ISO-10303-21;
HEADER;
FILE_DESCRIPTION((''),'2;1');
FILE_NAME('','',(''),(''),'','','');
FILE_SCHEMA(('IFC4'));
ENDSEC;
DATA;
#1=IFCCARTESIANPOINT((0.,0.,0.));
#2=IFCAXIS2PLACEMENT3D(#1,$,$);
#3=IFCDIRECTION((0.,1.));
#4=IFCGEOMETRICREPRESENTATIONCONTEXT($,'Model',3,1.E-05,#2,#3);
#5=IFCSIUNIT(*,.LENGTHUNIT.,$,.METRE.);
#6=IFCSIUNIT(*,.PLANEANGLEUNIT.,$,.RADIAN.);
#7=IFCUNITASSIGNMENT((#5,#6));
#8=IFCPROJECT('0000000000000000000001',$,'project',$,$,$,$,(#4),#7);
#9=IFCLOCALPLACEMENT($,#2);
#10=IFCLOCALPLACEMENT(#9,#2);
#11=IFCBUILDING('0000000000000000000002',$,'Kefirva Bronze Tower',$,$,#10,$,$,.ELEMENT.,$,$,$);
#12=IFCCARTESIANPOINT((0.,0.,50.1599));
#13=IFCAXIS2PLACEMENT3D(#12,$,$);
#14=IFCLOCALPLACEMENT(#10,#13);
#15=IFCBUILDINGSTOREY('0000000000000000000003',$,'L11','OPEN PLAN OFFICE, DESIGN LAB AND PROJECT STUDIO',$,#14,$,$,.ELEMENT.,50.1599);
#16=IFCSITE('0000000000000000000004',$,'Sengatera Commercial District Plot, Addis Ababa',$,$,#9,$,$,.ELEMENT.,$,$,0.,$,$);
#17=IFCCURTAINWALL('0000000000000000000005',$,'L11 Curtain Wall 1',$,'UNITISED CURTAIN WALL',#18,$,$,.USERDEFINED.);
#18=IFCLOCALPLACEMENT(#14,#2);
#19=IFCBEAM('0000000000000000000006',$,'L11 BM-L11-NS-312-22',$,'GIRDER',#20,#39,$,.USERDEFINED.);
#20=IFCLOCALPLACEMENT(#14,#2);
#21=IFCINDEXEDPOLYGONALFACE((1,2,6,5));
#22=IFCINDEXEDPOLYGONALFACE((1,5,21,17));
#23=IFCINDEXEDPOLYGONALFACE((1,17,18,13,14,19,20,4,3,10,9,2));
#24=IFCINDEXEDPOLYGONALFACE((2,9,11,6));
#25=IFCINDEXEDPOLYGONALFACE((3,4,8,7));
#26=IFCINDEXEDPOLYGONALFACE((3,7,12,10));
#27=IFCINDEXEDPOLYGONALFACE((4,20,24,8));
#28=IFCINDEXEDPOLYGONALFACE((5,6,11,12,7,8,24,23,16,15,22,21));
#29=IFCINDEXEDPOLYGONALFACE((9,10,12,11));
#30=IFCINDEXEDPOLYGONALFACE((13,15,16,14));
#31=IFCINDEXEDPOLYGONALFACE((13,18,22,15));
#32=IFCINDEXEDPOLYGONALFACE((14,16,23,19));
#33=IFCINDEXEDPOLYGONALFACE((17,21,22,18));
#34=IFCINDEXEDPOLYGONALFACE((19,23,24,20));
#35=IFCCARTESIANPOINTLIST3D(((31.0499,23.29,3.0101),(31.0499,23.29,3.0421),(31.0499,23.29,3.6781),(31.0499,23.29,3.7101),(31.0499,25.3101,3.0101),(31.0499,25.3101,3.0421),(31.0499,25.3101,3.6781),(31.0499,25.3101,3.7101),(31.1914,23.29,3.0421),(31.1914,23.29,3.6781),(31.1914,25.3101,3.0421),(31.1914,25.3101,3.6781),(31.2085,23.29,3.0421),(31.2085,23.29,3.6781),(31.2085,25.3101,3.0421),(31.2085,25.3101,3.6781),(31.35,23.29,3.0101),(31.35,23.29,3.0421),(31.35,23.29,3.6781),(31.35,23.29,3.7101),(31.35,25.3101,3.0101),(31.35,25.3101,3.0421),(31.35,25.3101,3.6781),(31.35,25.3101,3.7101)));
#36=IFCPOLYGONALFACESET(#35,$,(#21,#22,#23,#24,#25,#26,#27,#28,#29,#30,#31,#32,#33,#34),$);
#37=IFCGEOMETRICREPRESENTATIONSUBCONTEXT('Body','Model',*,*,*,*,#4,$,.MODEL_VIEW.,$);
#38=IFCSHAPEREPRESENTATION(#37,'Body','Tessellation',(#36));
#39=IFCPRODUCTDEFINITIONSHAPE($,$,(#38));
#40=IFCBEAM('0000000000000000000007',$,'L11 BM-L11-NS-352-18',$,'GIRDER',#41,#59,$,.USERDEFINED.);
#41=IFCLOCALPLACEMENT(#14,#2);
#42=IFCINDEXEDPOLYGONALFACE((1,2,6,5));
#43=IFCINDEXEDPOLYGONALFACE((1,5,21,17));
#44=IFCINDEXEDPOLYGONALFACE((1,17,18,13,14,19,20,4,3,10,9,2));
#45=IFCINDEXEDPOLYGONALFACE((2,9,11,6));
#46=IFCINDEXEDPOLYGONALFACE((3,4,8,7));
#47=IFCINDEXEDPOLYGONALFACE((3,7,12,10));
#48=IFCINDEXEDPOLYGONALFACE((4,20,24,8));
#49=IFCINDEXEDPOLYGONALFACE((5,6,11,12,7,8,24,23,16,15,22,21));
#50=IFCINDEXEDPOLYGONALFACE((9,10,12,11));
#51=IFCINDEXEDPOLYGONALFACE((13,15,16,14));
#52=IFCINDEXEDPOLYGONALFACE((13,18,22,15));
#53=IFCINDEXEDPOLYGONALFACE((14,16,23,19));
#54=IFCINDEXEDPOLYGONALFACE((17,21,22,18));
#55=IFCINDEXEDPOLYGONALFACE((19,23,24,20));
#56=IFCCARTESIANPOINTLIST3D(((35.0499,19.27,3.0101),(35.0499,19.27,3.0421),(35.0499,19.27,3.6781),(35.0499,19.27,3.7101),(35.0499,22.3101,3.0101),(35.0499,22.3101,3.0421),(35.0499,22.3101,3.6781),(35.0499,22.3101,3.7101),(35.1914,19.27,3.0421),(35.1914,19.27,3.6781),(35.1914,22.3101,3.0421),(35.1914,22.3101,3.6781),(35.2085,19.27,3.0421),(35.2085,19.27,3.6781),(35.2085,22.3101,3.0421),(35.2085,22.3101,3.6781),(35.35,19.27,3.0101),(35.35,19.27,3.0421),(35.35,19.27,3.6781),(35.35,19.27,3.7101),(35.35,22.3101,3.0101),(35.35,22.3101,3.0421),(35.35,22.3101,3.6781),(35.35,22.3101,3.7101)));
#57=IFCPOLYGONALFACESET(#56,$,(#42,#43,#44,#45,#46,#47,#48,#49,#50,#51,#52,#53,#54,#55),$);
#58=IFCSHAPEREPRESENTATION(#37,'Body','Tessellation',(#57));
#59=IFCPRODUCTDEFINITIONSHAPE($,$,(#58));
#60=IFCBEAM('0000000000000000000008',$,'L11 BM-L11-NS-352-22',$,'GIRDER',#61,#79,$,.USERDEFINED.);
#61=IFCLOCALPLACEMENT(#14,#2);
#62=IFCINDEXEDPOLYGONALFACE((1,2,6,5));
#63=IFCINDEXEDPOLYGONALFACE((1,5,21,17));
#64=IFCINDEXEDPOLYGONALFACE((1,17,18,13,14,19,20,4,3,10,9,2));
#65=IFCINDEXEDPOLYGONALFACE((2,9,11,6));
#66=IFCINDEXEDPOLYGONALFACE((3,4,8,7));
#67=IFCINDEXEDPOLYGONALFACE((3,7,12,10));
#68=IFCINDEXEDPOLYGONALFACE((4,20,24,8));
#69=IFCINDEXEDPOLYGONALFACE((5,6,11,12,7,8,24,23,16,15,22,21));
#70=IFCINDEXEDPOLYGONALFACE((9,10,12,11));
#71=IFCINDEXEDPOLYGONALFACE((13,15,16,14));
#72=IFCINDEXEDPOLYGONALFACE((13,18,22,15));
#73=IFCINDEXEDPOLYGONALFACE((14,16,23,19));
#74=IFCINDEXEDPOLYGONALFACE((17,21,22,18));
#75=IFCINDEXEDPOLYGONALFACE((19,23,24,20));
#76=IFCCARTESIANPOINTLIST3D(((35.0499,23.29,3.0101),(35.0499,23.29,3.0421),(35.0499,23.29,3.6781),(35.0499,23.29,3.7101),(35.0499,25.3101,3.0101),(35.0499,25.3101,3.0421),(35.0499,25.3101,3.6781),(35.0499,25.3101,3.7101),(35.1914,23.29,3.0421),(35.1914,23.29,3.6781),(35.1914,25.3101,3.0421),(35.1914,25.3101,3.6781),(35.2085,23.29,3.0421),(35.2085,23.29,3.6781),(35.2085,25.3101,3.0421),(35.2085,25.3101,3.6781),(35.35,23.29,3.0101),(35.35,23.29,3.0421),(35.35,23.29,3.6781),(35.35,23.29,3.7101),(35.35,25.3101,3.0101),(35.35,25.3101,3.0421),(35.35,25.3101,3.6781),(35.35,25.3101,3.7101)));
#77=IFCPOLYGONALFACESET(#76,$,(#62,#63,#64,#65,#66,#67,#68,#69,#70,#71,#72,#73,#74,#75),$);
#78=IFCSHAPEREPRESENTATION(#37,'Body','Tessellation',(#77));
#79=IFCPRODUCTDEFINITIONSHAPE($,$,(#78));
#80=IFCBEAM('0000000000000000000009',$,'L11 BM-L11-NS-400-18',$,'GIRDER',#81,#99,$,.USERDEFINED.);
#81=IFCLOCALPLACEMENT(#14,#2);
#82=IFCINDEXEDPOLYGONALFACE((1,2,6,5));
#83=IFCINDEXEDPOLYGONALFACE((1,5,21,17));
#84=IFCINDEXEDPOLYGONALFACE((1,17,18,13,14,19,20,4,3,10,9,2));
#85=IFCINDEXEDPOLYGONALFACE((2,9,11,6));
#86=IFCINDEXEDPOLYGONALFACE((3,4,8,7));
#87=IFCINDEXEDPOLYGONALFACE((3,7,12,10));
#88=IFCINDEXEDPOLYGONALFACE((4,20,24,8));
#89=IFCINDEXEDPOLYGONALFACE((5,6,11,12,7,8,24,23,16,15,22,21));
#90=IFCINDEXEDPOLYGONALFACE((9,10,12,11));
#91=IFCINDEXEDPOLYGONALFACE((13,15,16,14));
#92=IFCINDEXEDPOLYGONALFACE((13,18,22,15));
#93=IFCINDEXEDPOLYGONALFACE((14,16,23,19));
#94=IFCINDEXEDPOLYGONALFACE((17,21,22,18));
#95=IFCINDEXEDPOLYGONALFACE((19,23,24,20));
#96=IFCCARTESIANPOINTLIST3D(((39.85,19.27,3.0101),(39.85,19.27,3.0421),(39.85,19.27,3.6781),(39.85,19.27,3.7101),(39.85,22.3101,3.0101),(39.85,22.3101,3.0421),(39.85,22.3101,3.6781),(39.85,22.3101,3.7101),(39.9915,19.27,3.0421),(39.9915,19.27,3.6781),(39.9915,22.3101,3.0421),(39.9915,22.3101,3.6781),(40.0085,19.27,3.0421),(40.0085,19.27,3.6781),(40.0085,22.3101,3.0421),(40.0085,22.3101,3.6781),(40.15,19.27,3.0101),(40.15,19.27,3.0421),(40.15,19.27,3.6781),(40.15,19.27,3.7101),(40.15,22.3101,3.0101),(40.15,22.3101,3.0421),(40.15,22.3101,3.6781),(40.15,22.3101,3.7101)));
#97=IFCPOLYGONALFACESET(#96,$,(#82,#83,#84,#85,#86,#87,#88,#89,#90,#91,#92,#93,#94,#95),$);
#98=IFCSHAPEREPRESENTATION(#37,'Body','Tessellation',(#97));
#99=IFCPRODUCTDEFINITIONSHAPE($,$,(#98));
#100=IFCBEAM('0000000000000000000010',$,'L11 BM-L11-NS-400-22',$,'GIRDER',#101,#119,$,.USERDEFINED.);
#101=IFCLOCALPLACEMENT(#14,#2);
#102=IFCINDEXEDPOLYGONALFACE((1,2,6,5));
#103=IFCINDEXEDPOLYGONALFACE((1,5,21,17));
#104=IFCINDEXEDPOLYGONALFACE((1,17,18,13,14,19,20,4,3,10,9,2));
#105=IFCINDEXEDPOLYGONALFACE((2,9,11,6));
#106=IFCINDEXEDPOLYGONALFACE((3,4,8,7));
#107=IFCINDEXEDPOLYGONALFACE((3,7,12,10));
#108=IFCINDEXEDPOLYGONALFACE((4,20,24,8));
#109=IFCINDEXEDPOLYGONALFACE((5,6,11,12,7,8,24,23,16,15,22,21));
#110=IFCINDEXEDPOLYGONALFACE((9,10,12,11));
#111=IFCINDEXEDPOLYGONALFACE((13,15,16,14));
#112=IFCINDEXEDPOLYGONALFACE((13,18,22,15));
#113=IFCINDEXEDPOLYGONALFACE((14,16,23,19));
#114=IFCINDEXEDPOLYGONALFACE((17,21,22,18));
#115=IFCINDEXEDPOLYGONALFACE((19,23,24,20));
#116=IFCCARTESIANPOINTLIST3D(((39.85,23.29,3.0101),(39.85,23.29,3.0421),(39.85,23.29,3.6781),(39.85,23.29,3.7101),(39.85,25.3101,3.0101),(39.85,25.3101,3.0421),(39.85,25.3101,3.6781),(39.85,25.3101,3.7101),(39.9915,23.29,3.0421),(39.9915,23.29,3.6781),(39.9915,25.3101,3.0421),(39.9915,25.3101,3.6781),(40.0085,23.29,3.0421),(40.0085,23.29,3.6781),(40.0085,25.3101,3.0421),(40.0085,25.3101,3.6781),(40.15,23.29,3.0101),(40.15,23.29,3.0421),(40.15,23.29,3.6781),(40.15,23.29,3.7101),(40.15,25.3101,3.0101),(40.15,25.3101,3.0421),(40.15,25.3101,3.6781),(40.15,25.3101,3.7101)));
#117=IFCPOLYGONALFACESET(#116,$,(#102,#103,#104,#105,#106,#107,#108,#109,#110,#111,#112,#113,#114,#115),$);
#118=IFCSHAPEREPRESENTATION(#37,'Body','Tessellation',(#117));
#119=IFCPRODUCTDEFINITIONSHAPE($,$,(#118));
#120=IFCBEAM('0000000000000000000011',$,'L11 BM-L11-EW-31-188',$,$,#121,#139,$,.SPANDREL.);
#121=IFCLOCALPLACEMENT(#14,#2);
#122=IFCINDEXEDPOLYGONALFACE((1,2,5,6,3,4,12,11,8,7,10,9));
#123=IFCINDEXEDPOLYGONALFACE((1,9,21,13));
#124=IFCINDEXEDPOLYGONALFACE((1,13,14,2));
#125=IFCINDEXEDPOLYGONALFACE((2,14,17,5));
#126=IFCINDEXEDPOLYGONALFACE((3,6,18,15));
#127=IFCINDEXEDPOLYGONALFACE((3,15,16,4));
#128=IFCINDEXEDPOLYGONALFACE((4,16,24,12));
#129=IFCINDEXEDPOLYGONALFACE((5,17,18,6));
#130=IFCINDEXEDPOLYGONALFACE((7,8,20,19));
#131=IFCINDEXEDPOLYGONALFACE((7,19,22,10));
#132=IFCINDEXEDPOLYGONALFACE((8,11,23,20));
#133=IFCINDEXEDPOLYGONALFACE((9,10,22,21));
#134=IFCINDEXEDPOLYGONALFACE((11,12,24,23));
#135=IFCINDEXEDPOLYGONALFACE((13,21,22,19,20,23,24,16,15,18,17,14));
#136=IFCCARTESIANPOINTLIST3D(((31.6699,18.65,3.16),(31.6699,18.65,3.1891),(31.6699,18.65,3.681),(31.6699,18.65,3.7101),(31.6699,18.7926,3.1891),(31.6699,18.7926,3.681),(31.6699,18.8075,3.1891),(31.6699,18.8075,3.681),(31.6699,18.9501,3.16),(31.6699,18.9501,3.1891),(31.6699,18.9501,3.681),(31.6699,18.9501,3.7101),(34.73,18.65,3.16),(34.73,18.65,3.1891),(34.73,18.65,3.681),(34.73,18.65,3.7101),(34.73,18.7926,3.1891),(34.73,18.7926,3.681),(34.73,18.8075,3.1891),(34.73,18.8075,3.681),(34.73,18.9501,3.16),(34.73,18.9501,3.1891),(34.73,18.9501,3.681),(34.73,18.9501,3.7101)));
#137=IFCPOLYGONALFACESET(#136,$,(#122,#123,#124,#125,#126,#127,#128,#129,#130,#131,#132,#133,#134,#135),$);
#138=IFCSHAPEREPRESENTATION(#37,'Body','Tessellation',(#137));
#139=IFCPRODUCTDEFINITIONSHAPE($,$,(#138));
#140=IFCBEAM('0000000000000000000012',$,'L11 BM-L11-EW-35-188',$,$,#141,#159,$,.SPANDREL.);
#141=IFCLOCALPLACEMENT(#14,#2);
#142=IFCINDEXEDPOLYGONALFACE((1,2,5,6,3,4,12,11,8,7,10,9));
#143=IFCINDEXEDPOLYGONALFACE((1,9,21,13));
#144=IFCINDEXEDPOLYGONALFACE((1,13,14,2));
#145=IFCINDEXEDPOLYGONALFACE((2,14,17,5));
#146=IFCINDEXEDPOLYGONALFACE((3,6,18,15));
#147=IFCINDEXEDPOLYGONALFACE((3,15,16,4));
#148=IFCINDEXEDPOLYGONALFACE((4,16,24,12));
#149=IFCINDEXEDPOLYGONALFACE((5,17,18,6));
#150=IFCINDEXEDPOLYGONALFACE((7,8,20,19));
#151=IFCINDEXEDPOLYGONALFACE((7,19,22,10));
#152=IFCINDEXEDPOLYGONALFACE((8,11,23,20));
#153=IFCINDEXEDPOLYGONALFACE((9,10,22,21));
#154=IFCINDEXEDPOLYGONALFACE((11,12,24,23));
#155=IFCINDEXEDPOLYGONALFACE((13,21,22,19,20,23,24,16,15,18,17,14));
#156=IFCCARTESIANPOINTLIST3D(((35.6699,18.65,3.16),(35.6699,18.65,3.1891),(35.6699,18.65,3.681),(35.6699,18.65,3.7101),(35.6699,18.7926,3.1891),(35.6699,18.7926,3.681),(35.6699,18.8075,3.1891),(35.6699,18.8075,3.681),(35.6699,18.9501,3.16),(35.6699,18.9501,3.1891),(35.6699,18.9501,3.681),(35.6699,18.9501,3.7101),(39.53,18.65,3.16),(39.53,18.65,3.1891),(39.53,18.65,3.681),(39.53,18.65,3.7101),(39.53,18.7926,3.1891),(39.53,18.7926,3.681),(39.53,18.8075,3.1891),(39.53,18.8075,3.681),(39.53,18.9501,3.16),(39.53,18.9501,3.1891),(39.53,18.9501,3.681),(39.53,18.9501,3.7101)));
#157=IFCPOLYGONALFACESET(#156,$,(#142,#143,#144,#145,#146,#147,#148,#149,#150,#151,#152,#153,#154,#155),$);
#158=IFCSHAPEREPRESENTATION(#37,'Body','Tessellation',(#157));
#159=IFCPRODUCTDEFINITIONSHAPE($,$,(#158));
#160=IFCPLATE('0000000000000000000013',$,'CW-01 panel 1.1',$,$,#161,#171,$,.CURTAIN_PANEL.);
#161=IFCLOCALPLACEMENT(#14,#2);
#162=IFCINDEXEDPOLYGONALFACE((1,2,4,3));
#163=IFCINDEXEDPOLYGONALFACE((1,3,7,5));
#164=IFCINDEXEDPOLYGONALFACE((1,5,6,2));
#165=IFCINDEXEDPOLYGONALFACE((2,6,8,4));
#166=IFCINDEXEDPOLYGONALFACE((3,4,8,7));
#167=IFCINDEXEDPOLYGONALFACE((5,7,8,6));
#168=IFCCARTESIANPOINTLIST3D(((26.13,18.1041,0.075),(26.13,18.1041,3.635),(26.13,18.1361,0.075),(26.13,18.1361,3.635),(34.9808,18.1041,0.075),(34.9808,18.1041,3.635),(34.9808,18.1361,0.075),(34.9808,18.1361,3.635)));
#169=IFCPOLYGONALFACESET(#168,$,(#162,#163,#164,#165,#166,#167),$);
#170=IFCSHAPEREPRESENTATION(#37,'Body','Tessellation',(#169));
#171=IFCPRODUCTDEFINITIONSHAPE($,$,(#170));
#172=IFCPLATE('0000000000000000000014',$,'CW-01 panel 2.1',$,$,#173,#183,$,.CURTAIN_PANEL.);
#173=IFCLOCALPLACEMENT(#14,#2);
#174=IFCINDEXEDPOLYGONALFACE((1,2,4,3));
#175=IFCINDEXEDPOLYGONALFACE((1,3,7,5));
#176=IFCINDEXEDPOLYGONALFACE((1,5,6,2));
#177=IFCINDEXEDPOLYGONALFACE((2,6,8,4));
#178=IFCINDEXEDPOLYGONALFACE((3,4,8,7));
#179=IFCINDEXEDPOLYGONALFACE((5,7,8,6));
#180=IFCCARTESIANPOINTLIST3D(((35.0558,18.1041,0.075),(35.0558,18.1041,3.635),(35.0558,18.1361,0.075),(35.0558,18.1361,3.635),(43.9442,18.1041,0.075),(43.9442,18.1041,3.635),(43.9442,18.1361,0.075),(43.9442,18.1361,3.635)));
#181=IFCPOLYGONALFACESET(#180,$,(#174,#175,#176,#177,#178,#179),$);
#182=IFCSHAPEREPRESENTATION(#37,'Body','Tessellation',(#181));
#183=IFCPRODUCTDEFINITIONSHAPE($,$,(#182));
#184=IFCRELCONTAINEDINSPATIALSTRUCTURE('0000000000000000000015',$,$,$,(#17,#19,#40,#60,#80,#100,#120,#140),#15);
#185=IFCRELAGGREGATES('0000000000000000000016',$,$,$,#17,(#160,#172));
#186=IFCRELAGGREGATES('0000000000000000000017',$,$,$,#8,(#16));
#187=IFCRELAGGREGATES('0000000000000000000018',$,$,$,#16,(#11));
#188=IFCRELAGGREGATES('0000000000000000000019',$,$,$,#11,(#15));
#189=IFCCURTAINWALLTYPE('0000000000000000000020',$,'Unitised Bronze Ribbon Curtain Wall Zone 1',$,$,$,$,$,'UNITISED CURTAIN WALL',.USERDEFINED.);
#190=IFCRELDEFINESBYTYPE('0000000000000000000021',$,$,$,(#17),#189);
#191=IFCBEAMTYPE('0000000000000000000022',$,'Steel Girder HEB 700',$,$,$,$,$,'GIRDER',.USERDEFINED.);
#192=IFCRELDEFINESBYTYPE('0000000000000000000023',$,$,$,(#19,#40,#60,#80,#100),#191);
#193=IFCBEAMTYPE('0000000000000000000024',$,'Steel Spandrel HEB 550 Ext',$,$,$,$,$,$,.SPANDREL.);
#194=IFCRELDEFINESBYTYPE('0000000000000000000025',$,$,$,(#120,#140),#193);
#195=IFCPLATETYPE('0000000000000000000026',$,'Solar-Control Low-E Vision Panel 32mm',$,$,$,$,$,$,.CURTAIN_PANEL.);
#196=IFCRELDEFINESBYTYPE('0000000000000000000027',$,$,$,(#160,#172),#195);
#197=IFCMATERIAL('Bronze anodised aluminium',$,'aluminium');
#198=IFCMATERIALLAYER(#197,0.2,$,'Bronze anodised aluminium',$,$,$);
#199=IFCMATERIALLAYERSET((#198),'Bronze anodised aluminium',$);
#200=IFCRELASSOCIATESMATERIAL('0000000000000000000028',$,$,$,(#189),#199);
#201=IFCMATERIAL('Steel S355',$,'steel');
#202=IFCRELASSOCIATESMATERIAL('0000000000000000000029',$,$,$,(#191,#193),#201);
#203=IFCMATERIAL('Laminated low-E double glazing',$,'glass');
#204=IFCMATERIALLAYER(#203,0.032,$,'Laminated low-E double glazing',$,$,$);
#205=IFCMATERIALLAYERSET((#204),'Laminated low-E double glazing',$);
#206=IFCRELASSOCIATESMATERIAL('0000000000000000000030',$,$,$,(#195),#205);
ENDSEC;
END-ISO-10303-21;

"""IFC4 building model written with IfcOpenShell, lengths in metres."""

from ifc_helpers import new_model, si_unit, direction, frame, origin, origin_2d, place, context, subcontext, project, spatial, rectangle, i_section, extrude, material, layer, layer_set, material_profile, profile_set, type_object, element, aggregate, save


model = new_model("IFC4")

# Units and contexts
model_context = context("Model", 3, precision=1e-05, world=origin(), true_north=direction((0.0, 1.0)))
body_context = subcontext(model_context, "Body", "Model", "MODEL_VIEW")
ifc_project = project(units=[si_unit("LENGTHUNIT", "METRE"), si_unit("PLANEANGLEUNIT", "RADIAN")], contexts=[model_context])

# Site, building, storey
site_placement = place(None, origin())
site = spatial("IfcSite", under=ifc_project, at=site_placement, Name="Sengatera Commercial District Plot, Addis Ababa", CompositionType="ELEMENT", RefElevation=0.0)
building_placement = place(site_placement, origin())
building = spatial("IfcBuilding", under=site, at=building_placement, Name="Kefirva Bronze Tower", CompositionType="ELEMENT")
storey_placement = place(building_placement, frame((0.0, 0.0, 50.1599)))
storey = spatial("IfcBuildingStorey", under=building, at=storey_placement, Name="L11", Description="OPEN PLAN OFFICE, DESIGN LAB AND PROJECT STUDIO", CompositionType="ELEMENT", Elevation=50.1599)

# Curtain wall
ifc_material_1 = material(Name="Bronze anodised aluminium", Category="aluminium")
ifc_layer_1 = layer(ifc_material_1, 0.2, Name="Bronze anodised aluminium")
ifc_layer_set_1 = layer_set([ifc_layer_1], Name="Bronze anodised aluminium")
curtain_wall_type = type_object("IfcCurtainWallType", Name="Unitised Bronze Ribbon Curtain Wall Zone 1", ElementType="UNITISED CURTAIN WALL", PredefinedType="USERDEFINED", material=ifc_layer_set_1)
curtain_wall_placement = place(storey_placement, origin())
curtain_wall = element("IfcCurtainWall", 1, at=curtain_wall_placement, inside=storey, type_object=curtain_wall_type, Name="L11 Curtain Wall 1", ObjectType="UNITISED CURTAIN WALL", PredefinedType="USERDEFINED")

# Beams
ifc_material_2 = material(Name="Steel S355", Category="steel")
ifc_material_profile_1 = material_profile(ifc_material_2, i_section(OverallWidth=0.3, OverallDepth=0.7, WebThickness=0.0171, FlangeThickness=0.032, at=origin_2d()), Name="HEB 700")
ifc_profile_set_1 = profile_set([ifc_material_profile_1], Name="Steel S355")
beam_type_1 = type_object("IfcBeamType", Name="Steel Girder HEB 700", ElementType="GIRDER", PredefinedType="USERDEFINED", material=ifc_profile_set_1)
beam_1_placement = place(storey_placement, frame((31.2, 23.29, 3.3601), z_axis=(0.0, 1.0, 0.0), x_axis=(-1.0, 0.0, 0.0)))
element("IfcBeam", 2, at=beam_1_placement, inside=storey, type_object=beam_type_1, Name="L11 BM-L11-NS-312-22", ObjectType="GIRDER", PredefinedType="USERDEFINED", context=body_context, shape_type="SweptSolid", body=[
    extrude(i_section(OverallWidth=0.3, OverallDepth=0.7, WebThickness=0.0171, FlangeThickness=0.032, at=origin_2d()), origin(), (0.0, 0.0, 1.0), 2.02),
])
beam_2_placement = place(storey_placement, frame((35.2, 19.27, 3.3601), z_axis=(0.0, 1.0, 0.0), x_axis=(-1.0, 0.0, 0.0)))
element("IfcBeam", 3, at=beam_2_placement, inside=storey, type_object=beam_type_1, Name="L11 BM-L11-NS-352-18", ObjectType="GIRDER", PredefinedType="USERDEFINED", context=body_context, shape_type="SweptSolid", body=[
    extrude(i_section(OverallWidth=0.3, OverallDepth=0.7, WebThickness=0.0171, FlangeThickness=0.032, at=origin_2d()), origin(), (0.0, 0.0, 1.0), 3.04),
])
beam_3_placement = place(storey_placement, frame((35.2, 23.29, 3.3601), z_axis=(0.0, 1.0, 0.0), x_axis=(-1.0, 0.0, 0.0)))
element("IfcBeam", 4, at=beam_3_placement, inside=storey, type_object=beam_type_1, Name="L11 BM-L11-NS-352-22", ObjectType="GIRDER", PredefinedType="USERDEFINED", context=body_context, shape_type="SweptSolid", body=[
    extrude(i_section(OverallWidth=0.3, OverallDepth=0.7, WebThickness=0.0171, FlangeThickness=0.032, at=origin_2d()), origin(), (0.0, 0.0, 1.0), 2.02),
])
beam_4_placement = place(storey_placement, frame((40.0, 19.27, 3.3601), z_axis=(0.0, 1.0, 0.0), x_axis=(-1.0, 0.0, 0.0)))
element("IfcBeam", 5, at=beam_4_placement, inside=storey, type_object=beam_type_1, Name="L11 BM-L11-NS-400-18", ObjectType="GIRDER", PredefinedType="USERDEFINED", context=body_context, shape_type="SweptSolid", body=[
    extrude(i_section(OverallWidth=0.3, OverallDepth=0.7, WebThickness=0.0171, FlangeThickness=0.032, at=origin_2d()), origin(), (0.0, 0.0, 1.0), 3.04),
])
beam_5_placement = place(storey_placement, frame((40.0, 23.29, 3.3601), z_axis=(0.0, 1.0, 0.0), x_axis=(-1.0, 0.0, 0.0)))
element("IfcBeam", 6, at=beam_5_placement, inside=storey, type_object=beam_type_1, Name="L11 BM-L11-NS-400-22", ObjectType="GIRDER", PredefinedType="USERDEFINED", context=body_context, shape_type="SweptSolid", body=[
    extrude(i_section(OverallWidth=0.3, OverallDepth=0.7, WebThickness=0.0171, FlangeThickness=0.032, at=origin_2d()), origin(), (0.0, 0.0, 1.0), 2.02),
])
ifc_material_profile_2 = material_profile(ifc_material_2, i_section(OverallWidth=0.3, OverallDepth=0.55, WebThickness=0.0149, FlangeThickness=0.0291, at=origin_2d()), Name="HEB 550")
ifc_profile_set_2 = profile_set([ifc_material_profile_2], Name="Steel S355")
beam_type_2 = type_object("IfcBeamType", Name="Steel Spandrel HEB 550 Ext", PredefinedType="SPANDREL", material=ifc_profile_set_2)
beam_6_placement = place(storey_placement, frame((31.6699, 18.8, 3.4351), z_axis=(1.0, 0.0, 0.0), x_axis=(0.0, 1.0, 0.0)))
element("IfcBeam", 7, at=beam_6_placement, inside=storey, type_object=beam_type_2, Name="L11 BM-L11-EW-31-188", PredefinedType="SPANDREL", context=body_context, shape_type="SweptSolid", body=[
    extrude(i_section(OverallWidth=0.3, OverallDepth=0.55, WebThickness=0.0149, FlangeThickness=0.0291, at=origin_2d()), origin(), (0.0, 0.0, 1.0), 3.0601),
])
beam_7_placement = place(storey_placement, frame((35.6699, 18.8, 3.4351), z_axis=(1.0, 0.0, 0.0), x_axis=(0.0, 1.0, 0.0)))
element("IfcBeam", 8, at=beam_7_placement, inside=storey, type_object=beam_type_2, Name="L11 BM-L11-EW-35-188", PredefinedType="SPANDREL", context=body_context, shape_type="SweptSolid", body=[
    extrude(i_section(OverallWidth=0.3, OverallDepth=0.55, WebThickness=0.0149, FlangeThickness=0.0291, at=origin_2d()), origin(), (0.0, 0.0, 1.0), 3.8601),
])

# Plates
ifc_material_3 = material(Name="Laminated low-E double glazing", Category="glass")
ifc_layer_2 = layer(ifc_material_3, 0.032, Name="Laminated low-E double glazing")
ifc_layer_set_2 = layer_set([ifc_layer_2], Name="Laminated low-E double glazing")
plate_type = type_object("IfcPlateType", Name="Solar-Control Low-E Vision Panel 32mm", PredefinedType="CURTAIN_PANEL", material=ifc_layer_set_2)
plate_1_placement = place(storey_placement, frame((30.5554, 18.1201, 0.075), z_axis=(0.0, 0.0, 1.0), x_axis=(1.0, 0.0, 0.0)))
plate_1 = element("IfcPlate", 9, at=plate_1_placement, type_object=plate_type, Name="CW-01 panel 1.1", PredefinedType="CURTAIN_PANEL", context=body_context, shape_type="SweptSolid", body=[
    extrude(rectangle(XDim=8.8508, YDim=0.032, at=origin_2d()), origin(), (0.0, 0.0, 1.0), 3.5601),
])
plate_2_placement = place(storey_placement, frame((39.5, 18.1201, 0.075), z_axis=(0.0, 0.0, 1.0), x_axis=(1.0, 0.0, 0.0)))
plate_2 = element("IfcPlate", 10, at=plate_2_placement, type_object=plate_type, Name="CW-01 panel 2.1", PredefinedType="CURTAIN_PANEL", context=body_context, shape_type="SweptSolid", body=[
    extrude(rectangle(XDim=8.8884, YDim=0.032, at=origin_2d()), origin(), (0.0, 0.0, 1.0), 3.5601),
])
aggregate(curtain_wall, [plate_1, plate_2])

save(model, "model.ifc")
